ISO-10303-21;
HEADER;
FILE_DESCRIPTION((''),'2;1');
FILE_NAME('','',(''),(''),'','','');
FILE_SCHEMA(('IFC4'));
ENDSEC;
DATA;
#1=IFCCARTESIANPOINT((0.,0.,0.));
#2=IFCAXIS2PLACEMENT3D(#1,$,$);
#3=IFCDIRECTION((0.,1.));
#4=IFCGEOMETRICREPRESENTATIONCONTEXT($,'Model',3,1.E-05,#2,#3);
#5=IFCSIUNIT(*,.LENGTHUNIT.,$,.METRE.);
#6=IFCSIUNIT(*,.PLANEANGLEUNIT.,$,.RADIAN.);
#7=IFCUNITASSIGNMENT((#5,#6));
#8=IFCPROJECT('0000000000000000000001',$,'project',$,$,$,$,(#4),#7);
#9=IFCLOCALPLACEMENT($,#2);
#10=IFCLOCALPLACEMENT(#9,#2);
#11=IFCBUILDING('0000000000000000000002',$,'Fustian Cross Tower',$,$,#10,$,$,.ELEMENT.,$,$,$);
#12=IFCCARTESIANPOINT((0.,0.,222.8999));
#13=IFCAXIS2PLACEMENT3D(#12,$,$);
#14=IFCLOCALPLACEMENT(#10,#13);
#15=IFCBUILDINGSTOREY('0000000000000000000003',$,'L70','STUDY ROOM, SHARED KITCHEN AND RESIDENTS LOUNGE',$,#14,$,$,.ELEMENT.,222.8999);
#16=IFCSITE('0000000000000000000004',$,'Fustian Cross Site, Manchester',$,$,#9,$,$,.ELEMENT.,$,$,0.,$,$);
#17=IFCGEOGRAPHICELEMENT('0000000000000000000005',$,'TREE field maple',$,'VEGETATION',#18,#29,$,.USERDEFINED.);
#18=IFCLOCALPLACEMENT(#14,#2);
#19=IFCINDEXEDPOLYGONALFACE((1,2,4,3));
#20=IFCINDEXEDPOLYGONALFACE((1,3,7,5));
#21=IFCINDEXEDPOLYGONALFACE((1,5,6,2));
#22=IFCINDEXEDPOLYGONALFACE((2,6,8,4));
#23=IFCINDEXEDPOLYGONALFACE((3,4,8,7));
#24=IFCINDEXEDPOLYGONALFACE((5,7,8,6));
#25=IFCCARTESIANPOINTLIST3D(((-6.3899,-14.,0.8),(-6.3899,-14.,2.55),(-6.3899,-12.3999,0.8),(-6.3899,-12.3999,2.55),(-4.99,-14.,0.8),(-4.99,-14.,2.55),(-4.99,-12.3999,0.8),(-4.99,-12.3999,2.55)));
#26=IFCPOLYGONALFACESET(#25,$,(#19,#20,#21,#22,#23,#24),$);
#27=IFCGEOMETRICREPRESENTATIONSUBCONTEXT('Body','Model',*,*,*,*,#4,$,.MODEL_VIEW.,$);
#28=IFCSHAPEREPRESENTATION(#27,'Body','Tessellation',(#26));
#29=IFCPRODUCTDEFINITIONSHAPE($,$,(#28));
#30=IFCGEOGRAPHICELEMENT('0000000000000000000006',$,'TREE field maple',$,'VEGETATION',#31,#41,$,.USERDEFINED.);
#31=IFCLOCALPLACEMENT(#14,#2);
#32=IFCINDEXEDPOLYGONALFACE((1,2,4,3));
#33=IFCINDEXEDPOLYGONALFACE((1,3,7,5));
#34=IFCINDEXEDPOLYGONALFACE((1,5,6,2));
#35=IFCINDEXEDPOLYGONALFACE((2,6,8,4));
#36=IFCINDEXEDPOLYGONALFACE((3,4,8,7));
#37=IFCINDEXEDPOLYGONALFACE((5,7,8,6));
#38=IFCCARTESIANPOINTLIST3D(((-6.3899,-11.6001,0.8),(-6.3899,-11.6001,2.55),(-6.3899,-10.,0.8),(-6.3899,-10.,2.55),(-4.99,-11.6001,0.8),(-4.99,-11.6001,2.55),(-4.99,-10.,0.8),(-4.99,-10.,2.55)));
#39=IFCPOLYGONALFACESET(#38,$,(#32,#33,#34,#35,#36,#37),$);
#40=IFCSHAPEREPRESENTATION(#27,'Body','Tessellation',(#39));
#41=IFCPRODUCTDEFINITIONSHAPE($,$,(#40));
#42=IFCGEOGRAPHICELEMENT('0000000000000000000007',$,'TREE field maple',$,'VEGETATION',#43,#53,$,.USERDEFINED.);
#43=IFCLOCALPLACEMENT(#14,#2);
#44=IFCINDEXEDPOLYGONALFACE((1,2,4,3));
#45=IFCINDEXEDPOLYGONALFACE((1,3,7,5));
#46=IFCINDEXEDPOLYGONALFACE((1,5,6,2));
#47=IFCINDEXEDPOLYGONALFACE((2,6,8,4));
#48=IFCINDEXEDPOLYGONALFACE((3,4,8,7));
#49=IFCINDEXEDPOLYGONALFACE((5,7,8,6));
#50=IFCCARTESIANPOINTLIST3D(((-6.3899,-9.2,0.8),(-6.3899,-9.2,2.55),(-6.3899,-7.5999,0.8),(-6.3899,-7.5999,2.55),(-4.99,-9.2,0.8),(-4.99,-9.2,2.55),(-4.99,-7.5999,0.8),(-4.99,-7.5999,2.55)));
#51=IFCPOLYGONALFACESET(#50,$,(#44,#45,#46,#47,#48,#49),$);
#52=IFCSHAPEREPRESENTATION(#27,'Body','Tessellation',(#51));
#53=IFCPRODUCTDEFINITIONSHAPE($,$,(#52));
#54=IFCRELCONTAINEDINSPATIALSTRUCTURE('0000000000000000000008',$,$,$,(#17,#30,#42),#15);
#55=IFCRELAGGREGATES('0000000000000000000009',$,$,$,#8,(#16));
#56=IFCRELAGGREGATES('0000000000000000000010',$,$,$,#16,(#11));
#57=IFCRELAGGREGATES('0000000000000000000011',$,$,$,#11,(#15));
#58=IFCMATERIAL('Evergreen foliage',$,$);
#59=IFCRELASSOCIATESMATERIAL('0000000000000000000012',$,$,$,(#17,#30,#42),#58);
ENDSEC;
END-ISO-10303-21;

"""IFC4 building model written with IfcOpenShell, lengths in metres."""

from ifc_helpers import new_model, si_unit, direction, frame, origin, origin_2d, place, context, subcontext, project, spatial, rectangle, extrude, material, element, save


model = new_model("IFC4")

# Units and contexts
model_context = context("Model", 3, precision=1e-05, world=origin(), true_north=direction((0.0, 1.0)))
body_context = subcontext(model_context, "Body", "Model", "MODEL_VIEW")
ifc_project = project(units=[si_unit("LENGTHUNIT", "METRE"), si_unit("PLANEANGLEUNIT", "RADIAN")], contexts=[model_context])

# Site, building, storey
site_placement = place(None, origin())
site = spatial("IfcSite", under=ifc_project, at=site_placement, Name="Fustian Cross Site, Manchester", CompositionType="ELEMENT", RefElevation=0.0)
building_placement = place(site_placement, origin())
building = spatial("IfcBuilding", under=site, at=building_placement, Name="Fustian Cross Tower", CompositionType="ELEMENT")
storey_placement = place(building_placement, frame((0.0, 0.0, 222.8999)))
storey = spatial("IfcBuildingStorey", under=building, at=storey_placement, Name="L70", Description="STUDY ROOM, SHARED KITCHEN AND RESIDENTS LOUNGE", CompositionType="ELEMENT", Elevation=222.8999)

# Geographic elements
ifc_material_1 = material(Name="Evergreen foliage")
for number, where, z_axis, x_axis, name in (
    (1, (-5.6899, -13.2, 0.8), (0.0, 0.0, 1.0), (1.0, 0.0, 0.0), "TREE field maple"),
    (2, (-5.6899, -10.8, 0.8), (0.0, 0.0, 1.0), (1.0, 0.0, 0.0), "TREE field maple"),
    (3, (-5.6899, -8.3999, 0.8), (0.0, 0.0, 1.0), (1.0, 0.0, 0.0), "TREE field maple"),
):
    element("IfcGeographicElement", number, at=place(storey_placement, frame(where, z_axis=z_axis, x_axis=x_axis)), inside=storey, material=ifc_material_1, Name=name, ObjectType="VEGETATION", PredefinedType="USERDEFINED", context=body_context, shape_type="SweptSolid", body=[
        extrude(rectangle(XDim=1.3999, YDim=1.6001, at=origin_2d()), origin(), (0.0, 0.0, 1.0), 1.75),
    ])

save(model, "model.ifc")
